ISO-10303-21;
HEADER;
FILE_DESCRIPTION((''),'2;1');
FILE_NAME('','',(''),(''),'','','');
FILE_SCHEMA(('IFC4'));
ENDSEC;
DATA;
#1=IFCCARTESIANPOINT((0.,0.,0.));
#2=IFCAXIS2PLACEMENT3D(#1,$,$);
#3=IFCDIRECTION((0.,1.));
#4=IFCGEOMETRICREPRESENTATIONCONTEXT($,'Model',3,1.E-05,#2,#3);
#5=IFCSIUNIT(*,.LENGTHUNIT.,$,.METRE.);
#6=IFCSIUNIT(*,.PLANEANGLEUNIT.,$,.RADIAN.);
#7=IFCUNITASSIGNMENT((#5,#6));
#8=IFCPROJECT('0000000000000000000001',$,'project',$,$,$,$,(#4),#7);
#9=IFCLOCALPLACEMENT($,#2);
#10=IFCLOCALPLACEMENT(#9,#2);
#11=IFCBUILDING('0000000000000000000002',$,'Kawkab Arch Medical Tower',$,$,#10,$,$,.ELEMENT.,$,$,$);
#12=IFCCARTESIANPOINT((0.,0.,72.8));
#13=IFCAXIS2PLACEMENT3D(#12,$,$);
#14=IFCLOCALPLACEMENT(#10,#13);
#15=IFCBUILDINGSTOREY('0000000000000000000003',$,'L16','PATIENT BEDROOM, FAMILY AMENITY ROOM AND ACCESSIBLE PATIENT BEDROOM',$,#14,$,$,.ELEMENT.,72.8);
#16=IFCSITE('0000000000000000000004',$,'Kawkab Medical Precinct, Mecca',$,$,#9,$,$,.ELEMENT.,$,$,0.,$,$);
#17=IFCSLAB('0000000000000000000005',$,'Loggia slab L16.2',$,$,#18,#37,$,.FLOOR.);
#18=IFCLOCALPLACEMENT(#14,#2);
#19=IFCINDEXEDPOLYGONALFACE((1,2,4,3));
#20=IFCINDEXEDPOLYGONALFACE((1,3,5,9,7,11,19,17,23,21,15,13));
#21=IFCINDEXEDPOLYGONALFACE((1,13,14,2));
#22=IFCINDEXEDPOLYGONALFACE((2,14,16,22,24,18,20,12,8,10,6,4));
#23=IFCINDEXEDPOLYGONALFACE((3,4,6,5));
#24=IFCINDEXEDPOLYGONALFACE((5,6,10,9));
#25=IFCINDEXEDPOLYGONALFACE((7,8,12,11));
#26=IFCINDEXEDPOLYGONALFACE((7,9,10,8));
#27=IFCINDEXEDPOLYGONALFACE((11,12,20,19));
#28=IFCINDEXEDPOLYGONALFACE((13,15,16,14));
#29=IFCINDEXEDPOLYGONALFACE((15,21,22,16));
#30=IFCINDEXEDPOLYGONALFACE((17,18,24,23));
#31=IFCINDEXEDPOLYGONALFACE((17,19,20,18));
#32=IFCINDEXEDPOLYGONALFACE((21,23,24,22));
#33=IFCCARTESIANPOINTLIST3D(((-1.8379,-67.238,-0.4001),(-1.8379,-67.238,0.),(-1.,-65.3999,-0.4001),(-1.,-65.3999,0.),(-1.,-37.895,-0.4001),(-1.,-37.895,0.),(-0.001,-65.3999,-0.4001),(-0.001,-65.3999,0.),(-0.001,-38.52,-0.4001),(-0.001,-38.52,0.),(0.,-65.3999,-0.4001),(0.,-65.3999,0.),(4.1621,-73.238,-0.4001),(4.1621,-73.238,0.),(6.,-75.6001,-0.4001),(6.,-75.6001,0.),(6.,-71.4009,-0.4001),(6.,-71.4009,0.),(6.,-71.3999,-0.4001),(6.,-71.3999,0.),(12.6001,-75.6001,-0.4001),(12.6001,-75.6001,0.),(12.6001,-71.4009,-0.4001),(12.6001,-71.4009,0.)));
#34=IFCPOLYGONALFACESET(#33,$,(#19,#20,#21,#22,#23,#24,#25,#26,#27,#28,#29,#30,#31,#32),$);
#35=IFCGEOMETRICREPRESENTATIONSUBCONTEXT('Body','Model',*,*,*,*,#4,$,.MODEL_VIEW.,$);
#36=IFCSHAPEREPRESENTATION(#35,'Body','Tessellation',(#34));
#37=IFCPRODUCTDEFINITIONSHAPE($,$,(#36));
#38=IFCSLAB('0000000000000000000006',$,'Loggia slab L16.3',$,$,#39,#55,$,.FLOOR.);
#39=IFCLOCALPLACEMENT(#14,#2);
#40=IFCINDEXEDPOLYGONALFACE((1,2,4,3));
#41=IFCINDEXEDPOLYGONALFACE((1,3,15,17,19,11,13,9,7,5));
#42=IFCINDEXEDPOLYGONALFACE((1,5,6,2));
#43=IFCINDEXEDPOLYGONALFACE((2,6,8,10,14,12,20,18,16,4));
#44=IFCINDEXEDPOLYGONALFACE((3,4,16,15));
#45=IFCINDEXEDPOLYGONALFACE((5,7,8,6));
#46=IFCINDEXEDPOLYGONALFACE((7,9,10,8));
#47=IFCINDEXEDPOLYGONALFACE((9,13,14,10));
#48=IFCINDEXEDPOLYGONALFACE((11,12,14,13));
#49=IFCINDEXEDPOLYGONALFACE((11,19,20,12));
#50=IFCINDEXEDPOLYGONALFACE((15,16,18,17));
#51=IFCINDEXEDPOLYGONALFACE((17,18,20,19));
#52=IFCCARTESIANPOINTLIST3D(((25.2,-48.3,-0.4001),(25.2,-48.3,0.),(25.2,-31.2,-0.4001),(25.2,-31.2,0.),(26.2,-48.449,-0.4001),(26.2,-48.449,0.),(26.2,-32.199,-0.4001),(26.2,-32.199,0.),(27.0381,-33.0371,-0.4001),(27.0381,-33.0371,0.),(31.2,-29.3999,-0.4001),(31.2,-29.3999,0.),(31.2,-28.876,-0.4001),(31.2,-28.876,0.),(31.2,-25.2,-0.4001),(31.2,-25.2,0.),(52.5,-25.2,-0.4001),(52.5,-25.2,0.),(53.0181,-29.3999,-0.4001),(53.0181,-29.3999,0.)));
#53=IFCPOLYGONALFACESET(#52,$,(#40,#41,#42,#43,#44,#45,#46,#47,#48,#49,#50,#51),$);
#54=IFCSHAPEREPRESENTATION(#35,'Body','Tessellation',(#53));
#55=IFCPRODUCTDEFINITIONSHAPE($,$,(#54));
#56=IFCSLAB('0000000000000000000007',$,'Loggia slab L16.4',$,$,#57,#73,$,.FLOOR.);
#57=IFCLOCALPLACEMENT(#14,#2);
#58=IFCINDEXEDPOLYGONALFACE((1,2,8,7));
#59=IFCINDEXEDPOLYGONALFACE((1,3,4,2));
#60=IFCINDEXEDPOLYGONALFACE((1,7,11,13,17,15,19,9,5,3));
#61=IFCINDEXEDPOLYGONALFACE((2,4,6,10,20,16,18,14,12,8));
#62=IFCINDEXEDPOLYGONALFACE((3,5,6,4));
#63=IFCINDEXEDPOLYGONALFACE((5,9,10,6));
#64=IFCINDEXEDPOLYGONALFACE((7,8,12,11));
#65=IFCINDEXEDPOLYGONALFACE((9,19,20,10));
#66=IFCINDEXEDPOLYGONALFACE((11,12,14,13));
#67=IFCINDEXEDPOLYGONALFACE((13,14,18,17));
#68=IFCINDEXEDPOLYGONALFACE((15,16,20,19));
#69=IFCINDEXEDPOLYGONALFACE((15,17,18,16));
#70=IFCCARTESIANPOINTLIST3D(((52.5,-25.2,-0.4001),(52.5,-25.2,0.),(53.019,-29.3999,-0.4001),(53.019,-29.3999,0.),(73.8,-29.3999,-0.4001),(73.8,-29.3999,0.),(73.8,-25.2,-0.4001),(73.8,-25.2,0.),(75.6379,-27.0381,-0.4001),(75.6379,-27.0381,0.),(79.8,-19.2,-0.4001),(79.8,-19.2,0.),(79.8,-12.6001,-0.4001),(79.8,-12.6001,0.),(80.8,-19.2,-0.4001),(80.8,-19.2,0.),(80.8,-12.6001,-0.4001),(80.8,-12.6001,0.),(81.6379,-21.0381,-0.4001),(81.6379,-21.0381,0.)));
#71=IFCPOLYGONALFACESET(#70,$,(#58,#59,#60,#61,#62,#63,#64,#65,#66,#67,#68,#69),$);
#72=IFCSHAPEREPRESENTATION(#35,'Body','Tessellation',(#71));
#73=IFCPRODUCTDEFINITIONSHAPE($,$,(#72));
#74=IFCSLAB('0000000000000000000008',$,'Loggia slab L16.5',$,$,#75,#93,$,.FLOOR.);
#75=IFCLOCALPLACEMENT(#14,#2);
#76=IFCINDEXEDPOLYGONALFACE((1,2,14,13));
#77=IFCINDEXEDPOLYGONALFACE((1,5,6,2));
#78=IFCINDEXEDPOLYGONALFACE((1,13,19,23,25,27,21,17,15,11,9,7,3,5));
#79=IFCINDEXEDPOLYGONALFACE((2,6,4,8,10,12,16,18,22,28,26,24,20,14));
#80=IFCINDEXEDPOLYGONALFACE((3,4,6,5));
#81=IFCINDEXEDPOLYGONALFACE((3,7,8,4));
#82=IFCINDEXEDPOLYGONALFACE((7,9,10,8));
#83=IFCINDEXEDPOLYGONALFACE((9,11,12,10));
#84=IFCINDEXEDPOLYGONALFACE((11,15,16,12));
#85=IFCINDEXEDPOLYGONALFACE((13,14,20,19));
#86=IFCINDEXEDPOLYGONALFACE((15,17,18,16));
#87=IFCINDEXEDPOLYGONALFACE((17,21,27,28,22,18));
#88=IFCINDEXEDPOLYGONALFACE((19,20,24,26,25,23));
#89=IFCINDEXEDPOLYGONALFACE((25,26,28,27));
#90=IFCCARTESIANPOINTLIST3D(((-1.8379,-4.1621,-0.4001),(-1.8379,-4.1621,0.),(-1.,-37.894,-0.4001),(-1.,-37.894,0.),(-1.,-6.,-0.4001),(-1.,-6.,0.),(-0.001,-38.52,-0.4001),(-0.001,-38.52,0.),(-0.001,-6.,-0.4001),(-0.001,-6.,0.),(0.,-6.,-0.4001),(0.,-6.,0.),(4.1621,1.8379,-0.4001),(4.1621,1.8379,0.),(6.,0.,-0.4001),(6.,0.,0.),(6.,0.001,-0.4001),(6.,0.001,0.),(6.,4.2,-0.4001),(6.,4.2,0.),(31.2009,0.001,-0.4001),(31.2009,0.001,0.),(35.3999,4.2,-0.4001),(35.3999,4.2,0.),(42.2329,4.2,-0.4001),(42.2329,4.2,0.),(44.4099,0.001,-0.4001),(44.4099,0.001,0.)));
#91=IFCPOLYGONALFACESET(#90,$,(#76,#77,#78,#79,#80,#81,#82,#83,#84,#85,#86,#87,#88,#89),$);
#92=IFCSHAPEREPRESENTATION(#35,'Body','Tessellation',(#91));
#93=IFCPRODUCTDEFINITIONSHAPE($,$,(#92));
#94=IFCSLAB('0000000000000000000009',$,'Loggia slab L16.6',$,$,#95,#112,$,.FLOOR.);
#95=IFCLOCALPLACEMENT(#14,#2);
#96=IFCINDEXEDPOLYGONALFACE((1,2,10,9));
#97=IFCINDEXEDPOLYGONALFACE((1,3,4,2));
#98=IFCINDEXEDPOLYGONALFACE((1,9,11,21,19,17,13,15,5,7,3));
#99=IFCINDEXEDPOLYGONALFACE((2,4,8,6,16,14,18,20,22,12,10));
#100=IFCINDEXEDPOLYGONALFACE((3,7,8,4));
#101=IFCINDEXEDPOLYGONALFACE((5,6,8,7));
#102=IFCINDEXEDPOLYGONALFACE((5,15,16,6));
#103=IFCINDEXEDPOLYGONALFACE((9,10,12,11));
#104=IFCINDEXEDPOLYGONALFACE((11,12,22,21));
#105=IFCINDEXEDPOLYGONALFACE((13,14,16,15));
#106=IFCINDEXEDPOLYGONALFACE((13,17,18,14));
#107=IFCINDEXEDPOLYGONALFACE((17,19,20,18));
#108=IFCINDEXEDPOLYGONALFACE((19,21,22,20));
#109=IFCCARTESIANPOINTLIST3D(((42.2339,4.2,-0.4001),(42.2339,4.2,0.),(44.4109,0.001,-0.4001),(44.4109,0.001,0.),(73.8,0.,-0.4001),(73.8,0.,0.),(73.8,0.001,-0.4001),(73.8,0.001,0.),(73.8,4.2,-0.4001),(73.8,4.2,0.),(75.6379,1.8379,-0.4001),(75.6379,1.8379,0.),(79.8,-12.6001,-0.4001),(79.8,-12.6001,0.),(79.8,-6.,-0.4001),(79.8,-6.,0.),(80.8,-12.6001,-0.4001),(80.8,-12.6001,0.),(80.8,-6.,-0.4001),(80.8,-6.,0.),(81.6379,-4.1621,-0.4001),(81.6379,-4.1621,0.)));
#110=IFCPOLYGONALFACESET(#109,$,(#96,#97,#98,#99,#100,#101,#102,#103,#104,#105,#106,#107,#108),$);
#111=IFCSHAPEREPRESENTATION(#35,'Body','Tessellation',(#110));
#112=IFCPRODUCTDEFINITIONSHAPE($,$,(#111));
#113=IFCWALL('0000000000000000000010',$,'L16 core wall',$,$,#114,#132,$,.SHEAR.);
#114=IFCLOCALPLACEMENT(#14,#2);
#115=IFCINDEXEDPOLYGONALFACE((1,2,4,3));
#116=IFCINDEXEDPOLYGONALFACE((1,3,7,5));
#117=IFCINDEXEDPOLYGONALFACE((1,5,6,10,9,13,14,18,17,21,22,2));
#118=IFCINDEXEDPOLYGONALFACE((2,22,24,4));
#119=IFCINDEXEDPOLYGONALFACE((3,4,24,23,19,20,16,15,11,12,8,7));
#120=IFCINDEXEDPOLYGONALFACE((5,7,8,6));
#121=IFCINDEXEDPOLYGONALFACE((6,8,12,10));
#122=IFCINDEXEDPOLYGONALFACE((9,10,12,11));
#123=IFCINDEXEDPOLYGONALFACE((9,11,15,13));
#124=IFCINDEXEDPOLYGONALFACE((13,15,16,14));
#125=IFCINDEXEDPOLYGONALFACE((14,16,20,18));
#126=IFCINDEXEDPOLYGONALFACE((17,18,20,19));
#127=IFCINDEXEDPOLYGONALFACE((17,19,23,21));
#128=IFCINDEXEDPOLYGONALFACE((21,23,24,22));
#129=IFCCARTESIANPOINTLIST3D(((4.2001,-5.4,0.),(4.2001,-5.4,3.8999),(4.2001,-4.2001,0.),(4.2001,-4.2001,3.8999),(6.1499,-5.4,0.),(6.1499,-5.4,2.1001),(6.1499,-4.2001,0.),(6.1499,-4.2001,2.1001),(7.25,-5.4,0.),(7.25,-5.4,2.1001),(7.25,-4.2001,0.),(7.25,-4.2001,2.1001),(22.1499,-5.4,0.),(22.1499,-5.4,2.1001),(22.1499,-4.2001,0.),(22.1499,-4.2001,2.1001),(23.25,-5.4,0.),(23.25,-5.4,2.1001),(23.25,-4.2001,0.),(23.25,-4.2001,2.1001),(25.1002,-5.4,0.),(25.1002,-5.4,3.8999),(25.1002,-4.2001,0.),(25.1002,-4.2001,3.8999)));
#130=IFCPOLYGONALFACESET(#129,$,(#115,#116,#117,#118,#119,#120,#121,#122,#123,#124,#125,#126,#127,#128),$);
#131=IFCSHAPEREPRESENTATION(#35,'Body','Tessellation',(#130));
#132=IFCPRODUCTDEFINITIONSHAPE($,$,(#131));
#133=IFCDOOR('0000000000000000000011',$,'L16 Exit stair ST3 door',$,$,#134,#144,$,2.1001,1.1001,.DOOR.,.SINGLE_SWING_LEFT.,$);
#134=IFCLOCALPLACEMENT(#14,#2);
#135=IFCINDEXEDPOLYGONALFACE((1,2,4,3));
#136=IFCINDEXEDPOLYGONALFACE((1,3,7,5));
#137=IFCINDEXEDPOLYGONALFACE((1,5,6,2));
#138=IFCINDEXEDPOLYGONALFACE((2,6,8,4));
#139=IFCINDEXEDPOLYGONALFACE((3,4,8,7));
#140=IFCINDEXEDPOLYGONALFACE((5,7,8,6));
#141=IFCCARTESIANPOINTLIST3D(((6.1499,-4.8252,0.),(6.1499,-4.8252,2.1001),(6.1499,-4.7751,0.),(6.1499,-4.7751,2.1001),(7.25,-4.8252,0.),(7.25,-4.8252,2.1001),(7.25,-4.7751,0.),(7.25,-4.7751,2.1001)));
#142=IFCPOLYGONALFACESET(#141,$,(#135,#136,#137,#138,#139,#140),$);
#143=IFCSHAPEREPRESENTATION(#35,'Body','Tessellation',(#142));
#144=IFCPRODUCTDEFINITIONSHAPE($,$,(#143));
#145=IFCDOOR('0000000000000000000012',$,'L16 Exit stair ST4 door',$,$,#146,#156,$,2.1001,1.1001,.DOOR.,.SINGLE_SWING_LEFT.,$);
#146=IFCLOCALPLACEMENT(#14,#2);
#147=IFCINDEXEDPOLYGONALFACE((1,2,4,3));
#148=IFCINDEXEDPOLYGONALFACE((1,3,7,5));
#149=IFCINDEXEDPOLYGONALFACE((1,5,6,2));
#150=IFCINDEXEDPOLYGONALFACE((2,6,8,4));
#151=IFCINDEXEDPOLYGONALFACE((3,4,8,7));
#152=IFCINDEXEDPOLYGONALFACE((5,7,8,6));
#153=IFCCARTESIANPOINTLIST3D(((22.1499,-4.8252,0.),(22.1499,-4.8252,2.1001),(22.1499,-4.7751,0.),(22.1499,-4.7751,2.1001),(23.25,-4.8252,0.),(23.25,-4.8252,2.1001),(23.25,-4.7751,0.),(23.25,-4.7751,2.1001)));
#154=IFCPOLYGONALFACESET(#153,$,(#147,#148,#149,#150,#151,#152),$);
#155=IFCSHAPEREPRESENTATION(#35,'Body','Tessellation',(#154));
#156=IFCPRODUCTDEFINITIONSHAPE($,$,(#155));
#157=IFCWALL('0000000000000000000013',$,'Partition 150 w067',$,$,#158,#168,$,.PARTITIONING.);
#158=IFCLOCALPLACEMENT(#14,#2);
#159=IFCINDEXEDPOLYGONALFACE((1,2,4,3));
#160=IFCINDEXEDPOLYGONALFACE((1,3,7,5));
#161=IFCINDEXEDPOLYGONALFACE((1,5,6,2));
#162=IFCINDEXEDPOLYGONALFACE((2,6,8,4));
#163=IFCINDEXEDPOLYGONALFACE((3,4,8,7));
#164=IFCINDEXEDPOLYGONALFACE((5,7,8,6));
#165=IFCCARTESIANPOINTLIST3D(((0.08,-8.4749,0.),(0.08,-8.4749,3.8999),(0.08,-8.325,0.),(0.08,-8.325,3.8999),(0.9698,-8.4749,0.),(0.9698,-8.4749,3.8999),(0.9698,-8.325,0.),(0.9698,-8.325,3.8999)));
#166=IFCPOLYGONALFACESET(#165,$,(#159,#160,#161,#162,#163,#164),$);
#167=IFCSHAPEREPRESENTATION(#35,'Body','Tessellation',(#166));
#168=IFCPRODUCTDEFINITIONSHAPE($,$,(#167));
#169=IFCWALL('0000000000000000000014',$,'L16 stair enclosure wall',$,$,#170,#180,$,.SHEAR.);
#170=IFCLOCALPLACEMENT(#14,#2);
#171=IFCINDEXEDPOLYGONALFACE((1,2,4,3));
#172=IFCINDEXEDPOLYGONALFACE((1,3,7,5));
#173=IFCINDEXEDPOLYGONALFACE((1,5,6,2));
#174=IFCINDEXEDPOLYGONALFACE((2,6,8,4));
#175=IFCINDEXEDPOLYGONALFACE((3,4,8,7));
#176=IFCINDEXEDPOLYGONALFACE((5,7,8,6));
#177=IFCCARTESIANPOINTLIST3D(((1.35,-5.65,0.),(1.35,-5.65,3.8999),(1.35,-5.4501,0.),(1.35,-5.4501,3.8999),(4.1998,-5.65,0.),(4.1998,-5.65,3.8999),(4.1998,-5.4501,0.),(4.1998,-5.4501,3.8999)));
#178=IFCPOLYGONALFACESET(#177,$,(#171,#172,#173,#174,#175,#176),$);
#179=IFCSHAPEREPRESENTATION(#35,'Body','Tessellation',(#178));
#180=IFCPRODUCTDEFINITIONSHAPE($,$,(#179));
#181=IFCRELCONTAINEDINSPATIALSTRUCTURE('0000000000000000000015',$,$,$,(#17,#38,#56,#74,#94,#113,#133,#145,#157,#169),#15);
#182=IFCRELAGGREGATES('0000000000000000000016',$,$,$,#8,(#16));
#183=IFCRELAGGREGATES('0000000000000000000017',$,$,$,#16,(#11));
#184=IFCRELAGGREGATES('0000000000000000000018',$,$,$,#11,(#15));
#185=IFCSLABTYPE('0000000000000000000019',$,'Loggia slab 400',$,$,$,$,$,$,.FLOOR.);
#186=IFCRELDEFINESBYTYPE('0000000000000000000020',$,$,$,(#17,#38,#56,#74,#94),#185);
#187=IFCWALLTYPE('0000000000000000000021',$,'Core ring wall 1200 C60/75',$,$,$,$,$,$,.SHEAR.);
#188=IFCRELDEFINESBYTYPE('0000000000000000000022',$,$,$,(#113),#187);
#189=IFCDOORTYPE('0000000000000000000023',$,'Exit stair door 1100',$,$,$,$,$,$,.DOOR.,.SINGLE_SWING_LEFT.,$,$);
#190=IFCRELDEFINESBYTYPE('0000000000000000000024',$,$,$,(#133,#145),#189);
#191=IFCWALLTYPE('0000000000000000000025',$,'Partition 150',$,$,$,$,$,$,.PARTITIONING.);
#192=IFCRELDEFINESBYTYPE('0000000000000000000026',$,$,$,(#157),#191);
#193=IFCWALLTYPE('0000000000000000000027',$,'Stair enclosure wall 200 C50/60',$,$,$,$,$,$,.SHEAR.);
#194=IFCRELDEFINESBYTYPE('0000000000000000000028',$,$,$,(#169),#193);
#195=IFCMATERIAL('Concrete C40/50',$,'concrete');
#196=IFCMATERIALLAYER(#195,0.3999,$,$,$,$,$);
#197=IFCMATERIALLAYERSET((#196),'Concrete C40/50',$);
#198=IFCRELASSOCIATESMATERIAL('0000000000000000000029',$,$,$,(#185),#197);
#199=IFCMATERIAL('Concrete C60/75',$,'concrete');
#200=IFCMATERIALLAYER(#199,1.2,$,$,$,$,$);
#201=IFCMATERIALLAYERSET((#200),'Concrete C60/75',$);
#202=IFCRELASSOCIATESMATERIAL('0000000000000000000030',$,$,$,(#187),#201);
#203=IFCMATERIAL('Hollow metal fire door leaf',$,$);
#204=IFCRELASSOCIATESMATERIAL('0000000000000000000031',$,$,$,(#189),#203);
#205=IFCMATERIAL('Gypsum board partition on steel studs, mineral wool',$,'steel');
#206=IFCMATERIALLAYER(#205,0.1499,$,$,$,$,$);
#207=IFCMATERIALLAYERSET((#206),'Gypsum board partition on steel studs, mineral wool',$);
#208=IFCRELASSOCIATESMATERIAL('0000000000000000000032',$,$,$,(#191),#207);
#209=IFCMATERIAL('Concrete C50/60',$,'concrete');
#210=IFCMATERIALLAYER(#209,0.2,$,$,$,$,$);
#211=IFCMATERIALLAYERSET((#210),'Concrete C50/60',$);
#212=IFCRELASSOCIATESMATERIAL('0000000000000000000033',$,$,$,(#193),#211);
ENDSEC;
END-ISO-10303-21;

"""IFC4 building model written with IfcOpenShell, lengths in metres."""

from ifc_helpers import new_model, si_unit, direction, frame, frame_2d, origin, place, context, subcontext, project, spatial, polyline, rectangle, outline, extrude, material, layer, layer_set, type_object, element, fill, save


model = new_model("IFC4")

# Units and contexts
model_context = context("Model", 3, precision=1e-05, world=origin(), true_north=direction((0.0, 1.0)))
body_context = subcontext(model_context, "Body", "Model", "MODEL_VIEW")
ifc_project = project(units=[si_unit("LENGTHUNIT", "METRE"), si_unit("PLANEANGLEUNIT", "RADIAN")], contexts=[model_context])

# Site, building, storey
site_placement = place(None, origin())
site = spatial("IfcSite", under=ifc_project, at=site_placement, Name="Kawkab Medical Precinct, Mecca", CompositionType="ELEMENT", RefElevation=0.0)
building_placement = place(site_placement, origin())
building = spatial("IfcBuilding", under=site, at=building_placement, Name="Kawkab Arch Medical Tower", CompositionType="ELEMENT")
storey_placement = place(building_placement, frame((0.0, 0.0, 72.8)))
storey = spatial("IfcBuildingStorey", under=building, at=storey_placement, Name="L16", Description="PATIENT BEDROOM, FAMILY AMENITY ROOM AND ACCESSIBLE PATIENT BEDROOM", CompositionType="ELEMENT", Elevation=72.8)

# Slabs
ifc_material_1 = material(Name="Concrete C40/50", Category="concrete")
ifc_layer_1 = layer(ifc_material_1, 0.3999)
ifc_layer_set_1 = layer_set([ifc_layer_1], Name="Concrete C40/50")
slab_type_1 = type_object("IfcSlabType", Name="Loggia slab 400", PredefinedType="FLOOR", material=ifc_layer_set_1)
placement_1 = place(storey_placement, frame((0.0, 0.0, -0.4001)))
element("IfcSlab", 1, at=placement_1, inside=storey, type_object=slab_type_1, Name="Loggia slab L16.2", PredefinedType="FLOOR", context=body_context, shape_type="SweptSolid", body=[
    extrude(outline(polyline([(4.1621, -73.238), (-1.8379, -67.238), (-1.0, -65.3999), (-1.0, -37.895), (-0.001, -38.52), (-0.001, -65.3999), (0.0, -65.3999), (6.0, -71.3999), (6.0, -71.4009), (12.6001, -71.4009), (12.6001, -75.6001), (6.0, -75.6001), (4.1621, -73.238)])), origin(), (0.0, 0.0, 1.0), 0.4001),
])
element("IfcSlab", 2, at=placement_1, inside=storey, type_object=slab_type_1, Name="Loggia slab L16.3", PredefinedType="FLOOR", context=body_context, shape_type="SweptSolid", body=[
    extrude(outline(polyline([(31.2, -28.876), (27.0381, -33.0371), (26.2, -32.199), (26.2, -48.449), (25.2, -48.3), (25.2, -31.2), (31.2, -25.2), (52.5, -25.2), (53.0181, -29.3999), (31.2, -29.3999), (31.2, -28.876)])), origin(), (0.0, 0.0, 1.0), 0.4001),
])
element("IfcSlab", 3, at=placement_1, inside=storey, type_object=slab_type_1, Name="Loggia slab L16.4", PredefinedType="FLOOR", context=body_context, shape_type="SweptSolid", body=[
    extrude(outline(polyline([(81.6379, -21.0381), (75.6379, -27.0381), (73.8, -29.3999), (53.019, -29.3999), (52.5, -25.2), (73.8, -25.2), (79.8, -19.2), (79.8, -12.6001), (80.8, -12.6001), (80.8, -19.2), (81.6379, -21.0381)])), origin(), (0.0, 0.0, 1.0), 0.4001),
])
element("IfcSlab", 4, at=placement_1, inside=storey, type_object=slab_type_1, Name="Loggia slab L16.5", PredefinedType="FLOOR", context=body_context, shape_type="SweptSolid", body=[
    extrude(outline(polyline([(4.1621, 1.8379), (6.0, 4.2), (35.3999, 4.2), (42.2329, 4.2), (44.4099, 0.001), (31.2009, 0.001), (6.0, 0.001), (6.0, 0.0), (0.0, -6.0), (-0.001, -6.0), (-0.001, -38.52), (-1.0, -37.894), (-1.0, -6.0), (-1.8379, -4.1621), (4.1621, 1.8379)])), origin(), (0.0, 0.0, 1.0), 0.4001),
])
element("IfcSlab", 5, at=placement_1, inside=storey, type_object=slab_type_1, Name="Loggia slab L16.6", PredefinedType="FLOOR", context=body_context, shape_type="SweptSolid", body=[
    extrude(outline(polyline([(75.6379, 1.8379), (81.6379, -4.1621), (80.8, -6.0), (80.8, -12.6001), (79.8, -12.6001), (79.8, -6.0), (73.8, 0.0), (73.8, 0.001), (44.4109, 0.001), (42.2339, 4.2), (73.8, 4.2), (75.6379, 1.8379)])), origin(), (0.0, 0.0, 1.0), 0.4001),
])

# Wall, openings, doors
ifc_material_2 = material(Name="Concrete C60/75", Category="concrete")
ifc_layer_2 = layer(ifc_material_2, 1.2)
ifc_layer_set_2 = layer_set([ifc_layer_2], Name="Concrete C60/75")
wall_type_1 = type_object("IfcWallType", Name="Core ring wall 1200 C60/75", PredefinedType="SHEAR", material=ifc_layer_set_2)
wall_1_placement = place(storey_placement, frame((4.2, -4.8, 0.0), z_axis=(0.0, 0.0, 1.0), x_axis=(1.0, 0.0, 0.0)))
wall_1 = element("IfcWall", 6, at=wall_1_placement, inside=storey, type_object=wall_type_1, Name="L16 core wall", PredefinedType="SHEAR", context=body_context, shape_type="SweptSolid", body=[
    extrude(rectangle(XDim=20.9001, YDim=1.2, at=frame_2d((10.4502, 0.0))), origin(), (0.0, 0.0, 1.0), 3.8999),
])
opening_1_placement = place(wall_1_placement, frame((1.95, 0.0, 0.0)))
opening_1 = element("IfcOpeningElement", 7, at=opening_1_placement, cuts=wall_1, PredefinedType="OPENING", context=body_context, shape_type="SweptSolid", body=[
    extrude(rectangle(XDim=1.1001, YDim=2.1001, at=frame_2d((0.55, 1.05))), frame((0.0, 0.6099, 0.0), z_axis=(0.0, -1.0, 0.0), x_axis=(1.0, 0.0, 0.0)), (0.0, 0.0, 1.0), 1.22),
])
opening_2_placement = place(wall_1_placement, frame((17.95, 0.0, 0.0)))
opening_2 = element("IfcOpeningElement", 8, at=opening_2_placement, cuts=wall_1, PredefinedType="OPENING", context=body_context, shape_type="SweptSolid", body=[
    extrude(rectangle(XDim=1.1001, YDim=2.1001, at=frame_2d((0.55, 1.05))), frame((0.0, 0.6099, 0.0), z_axis=(0.0, -1.0, 0.0), x_axis=(1.0, 0.0, 0.0)), (0.0, 0.0, 1.0), 1.22),
])
ifc_material_3 = material(Name="Hollow metal fire door leaf")
door_type = type_object("IfcDoorType", Name="Exit stair door 1100", OperationType="SINGLE_SWING_LEFT", PredefinedType="DOOR", material=ifc_material_3)
door_1_placement = place(opening_1_placement, origin())
door_1 = element("IfcDoor", 9, at=door_1_placement, inside=storey, type_object=door_type, Name="L16 Exit stair ST3 door", OperationType="SINGLE_SWING_LEFT", OverallHeight=2.1001, OverallWidth=1.1001, PredefinedType="DOOR", context=body_context, shape_type="SweptSolid", body=[
    extrude(rectangle(XDim=1.1001, YDim=2.1001, at=frame_2d((0.55, 1.05))), frame((0.0, 0.0249, 0.0), z_axis=(0.0, -1.0, 0.0), x_axis=(1.0, 0.0, 0.0)), (0.0, 0.0, 1.0), 0.05),
])
fill(opening_1, door_1)
door_2_placement = place(opening_2_placement, origin())
door_2 = element("IfcDoor", 10, at=door_2_placement, inside=storey, type_object=door_type, Name="L16 Exit stair ST4 door", OperationType="SINGLE_SWING_LEFT", OverallHeight=2.1001, OverallWidth=1.1001, PredefinedType="DOOR", context=body_context, shape_type="SweptSolid", body=[
    extrude(rectangle(XDim=1.1001, YDim=2.1001, at=frame_2d((0.55, 1.05))), frame((0.0, 0.0249, 0.0), z_axis=(0.0, -1.0, 0.0), x_axis=(1.0, 0.0, 0.0)), (0.0, 0.0, 1.0), 0.05),
])
fill(opening_2, door_2)

# Walls
ifc_material_4 = material(Name="Gypsum board partition on steel studs, mineral wool", Category="steel")
ifc_layer_3 = layer(ifc_material_4, 0.1499)
ifc_layer_set_3 = layer_set([ifc_layer_3], Name="Gypsum board partition on steel studs, mineral wool")
wall_type_2 = type_object("IfcWallType", Name="Partition 150", PredefinedType="PARTITIONING", material=ifc_layer_set_3)
wall_2_placement = place(storey_placement, frame((0.0801, -8.3999, 0.0), z_axis=(0.0, 0.0, 1.0), x_axis=(1.0, 0.0, 0.0)))
element("IfcWall", 11, at=wall_2_placement, inside=storey, type_object=wall_type_2, Name="Partition 150 w067", PredefinedType="PARTITIONING", context=body_context, shape_type="SweptSolid", body=[
    extrude(rectangle(XDim=0.8899, YDim=0.1499, at=frame_2d((0.4448, 0.0))), origin(), (0.0, 0.0, 1.0), 3.8999),
])
ifc_material_5 = material(Name="Concrete C50/60", Category="concrete")
ifc_layer_4 = layer(ifc_material_5, 0.2)
ifc_layer_set_4 = layer_set([ifc_layer_4], Name="Concrete C50/60")
wall_type_3 = type_object("IfcWallType", Name="Stair enclosure wall 200 C50/60", PredefinedType="SHEAR", material=ifc_layer_set_4)
for number, where, z_axis, x_axis, name in (
    (12, (1.3501, -5.55, 0.0), (0.0, 0.0, 1.0), (1.0, 0.0, 0.0), "L16 stair enclosure wall"),
):
    element("IfcWall", number, at=place(storey_placement, frame(where, z_axis=z_axis, x_axis=x_axis)), inside=storey, type_object=wall_type_3, Name=name, PredefinedType="SHEAR", context=body_context, shape_type="SweptSolid", body=[
        extrude(rectangle(XDim=2.8499, YDim=0.2, at=frame_2d((1.4248, 0.0))), origin(), (0.0, 0.0, 1.0), 3.8999),
    ])

save(model, "model.ifc")
